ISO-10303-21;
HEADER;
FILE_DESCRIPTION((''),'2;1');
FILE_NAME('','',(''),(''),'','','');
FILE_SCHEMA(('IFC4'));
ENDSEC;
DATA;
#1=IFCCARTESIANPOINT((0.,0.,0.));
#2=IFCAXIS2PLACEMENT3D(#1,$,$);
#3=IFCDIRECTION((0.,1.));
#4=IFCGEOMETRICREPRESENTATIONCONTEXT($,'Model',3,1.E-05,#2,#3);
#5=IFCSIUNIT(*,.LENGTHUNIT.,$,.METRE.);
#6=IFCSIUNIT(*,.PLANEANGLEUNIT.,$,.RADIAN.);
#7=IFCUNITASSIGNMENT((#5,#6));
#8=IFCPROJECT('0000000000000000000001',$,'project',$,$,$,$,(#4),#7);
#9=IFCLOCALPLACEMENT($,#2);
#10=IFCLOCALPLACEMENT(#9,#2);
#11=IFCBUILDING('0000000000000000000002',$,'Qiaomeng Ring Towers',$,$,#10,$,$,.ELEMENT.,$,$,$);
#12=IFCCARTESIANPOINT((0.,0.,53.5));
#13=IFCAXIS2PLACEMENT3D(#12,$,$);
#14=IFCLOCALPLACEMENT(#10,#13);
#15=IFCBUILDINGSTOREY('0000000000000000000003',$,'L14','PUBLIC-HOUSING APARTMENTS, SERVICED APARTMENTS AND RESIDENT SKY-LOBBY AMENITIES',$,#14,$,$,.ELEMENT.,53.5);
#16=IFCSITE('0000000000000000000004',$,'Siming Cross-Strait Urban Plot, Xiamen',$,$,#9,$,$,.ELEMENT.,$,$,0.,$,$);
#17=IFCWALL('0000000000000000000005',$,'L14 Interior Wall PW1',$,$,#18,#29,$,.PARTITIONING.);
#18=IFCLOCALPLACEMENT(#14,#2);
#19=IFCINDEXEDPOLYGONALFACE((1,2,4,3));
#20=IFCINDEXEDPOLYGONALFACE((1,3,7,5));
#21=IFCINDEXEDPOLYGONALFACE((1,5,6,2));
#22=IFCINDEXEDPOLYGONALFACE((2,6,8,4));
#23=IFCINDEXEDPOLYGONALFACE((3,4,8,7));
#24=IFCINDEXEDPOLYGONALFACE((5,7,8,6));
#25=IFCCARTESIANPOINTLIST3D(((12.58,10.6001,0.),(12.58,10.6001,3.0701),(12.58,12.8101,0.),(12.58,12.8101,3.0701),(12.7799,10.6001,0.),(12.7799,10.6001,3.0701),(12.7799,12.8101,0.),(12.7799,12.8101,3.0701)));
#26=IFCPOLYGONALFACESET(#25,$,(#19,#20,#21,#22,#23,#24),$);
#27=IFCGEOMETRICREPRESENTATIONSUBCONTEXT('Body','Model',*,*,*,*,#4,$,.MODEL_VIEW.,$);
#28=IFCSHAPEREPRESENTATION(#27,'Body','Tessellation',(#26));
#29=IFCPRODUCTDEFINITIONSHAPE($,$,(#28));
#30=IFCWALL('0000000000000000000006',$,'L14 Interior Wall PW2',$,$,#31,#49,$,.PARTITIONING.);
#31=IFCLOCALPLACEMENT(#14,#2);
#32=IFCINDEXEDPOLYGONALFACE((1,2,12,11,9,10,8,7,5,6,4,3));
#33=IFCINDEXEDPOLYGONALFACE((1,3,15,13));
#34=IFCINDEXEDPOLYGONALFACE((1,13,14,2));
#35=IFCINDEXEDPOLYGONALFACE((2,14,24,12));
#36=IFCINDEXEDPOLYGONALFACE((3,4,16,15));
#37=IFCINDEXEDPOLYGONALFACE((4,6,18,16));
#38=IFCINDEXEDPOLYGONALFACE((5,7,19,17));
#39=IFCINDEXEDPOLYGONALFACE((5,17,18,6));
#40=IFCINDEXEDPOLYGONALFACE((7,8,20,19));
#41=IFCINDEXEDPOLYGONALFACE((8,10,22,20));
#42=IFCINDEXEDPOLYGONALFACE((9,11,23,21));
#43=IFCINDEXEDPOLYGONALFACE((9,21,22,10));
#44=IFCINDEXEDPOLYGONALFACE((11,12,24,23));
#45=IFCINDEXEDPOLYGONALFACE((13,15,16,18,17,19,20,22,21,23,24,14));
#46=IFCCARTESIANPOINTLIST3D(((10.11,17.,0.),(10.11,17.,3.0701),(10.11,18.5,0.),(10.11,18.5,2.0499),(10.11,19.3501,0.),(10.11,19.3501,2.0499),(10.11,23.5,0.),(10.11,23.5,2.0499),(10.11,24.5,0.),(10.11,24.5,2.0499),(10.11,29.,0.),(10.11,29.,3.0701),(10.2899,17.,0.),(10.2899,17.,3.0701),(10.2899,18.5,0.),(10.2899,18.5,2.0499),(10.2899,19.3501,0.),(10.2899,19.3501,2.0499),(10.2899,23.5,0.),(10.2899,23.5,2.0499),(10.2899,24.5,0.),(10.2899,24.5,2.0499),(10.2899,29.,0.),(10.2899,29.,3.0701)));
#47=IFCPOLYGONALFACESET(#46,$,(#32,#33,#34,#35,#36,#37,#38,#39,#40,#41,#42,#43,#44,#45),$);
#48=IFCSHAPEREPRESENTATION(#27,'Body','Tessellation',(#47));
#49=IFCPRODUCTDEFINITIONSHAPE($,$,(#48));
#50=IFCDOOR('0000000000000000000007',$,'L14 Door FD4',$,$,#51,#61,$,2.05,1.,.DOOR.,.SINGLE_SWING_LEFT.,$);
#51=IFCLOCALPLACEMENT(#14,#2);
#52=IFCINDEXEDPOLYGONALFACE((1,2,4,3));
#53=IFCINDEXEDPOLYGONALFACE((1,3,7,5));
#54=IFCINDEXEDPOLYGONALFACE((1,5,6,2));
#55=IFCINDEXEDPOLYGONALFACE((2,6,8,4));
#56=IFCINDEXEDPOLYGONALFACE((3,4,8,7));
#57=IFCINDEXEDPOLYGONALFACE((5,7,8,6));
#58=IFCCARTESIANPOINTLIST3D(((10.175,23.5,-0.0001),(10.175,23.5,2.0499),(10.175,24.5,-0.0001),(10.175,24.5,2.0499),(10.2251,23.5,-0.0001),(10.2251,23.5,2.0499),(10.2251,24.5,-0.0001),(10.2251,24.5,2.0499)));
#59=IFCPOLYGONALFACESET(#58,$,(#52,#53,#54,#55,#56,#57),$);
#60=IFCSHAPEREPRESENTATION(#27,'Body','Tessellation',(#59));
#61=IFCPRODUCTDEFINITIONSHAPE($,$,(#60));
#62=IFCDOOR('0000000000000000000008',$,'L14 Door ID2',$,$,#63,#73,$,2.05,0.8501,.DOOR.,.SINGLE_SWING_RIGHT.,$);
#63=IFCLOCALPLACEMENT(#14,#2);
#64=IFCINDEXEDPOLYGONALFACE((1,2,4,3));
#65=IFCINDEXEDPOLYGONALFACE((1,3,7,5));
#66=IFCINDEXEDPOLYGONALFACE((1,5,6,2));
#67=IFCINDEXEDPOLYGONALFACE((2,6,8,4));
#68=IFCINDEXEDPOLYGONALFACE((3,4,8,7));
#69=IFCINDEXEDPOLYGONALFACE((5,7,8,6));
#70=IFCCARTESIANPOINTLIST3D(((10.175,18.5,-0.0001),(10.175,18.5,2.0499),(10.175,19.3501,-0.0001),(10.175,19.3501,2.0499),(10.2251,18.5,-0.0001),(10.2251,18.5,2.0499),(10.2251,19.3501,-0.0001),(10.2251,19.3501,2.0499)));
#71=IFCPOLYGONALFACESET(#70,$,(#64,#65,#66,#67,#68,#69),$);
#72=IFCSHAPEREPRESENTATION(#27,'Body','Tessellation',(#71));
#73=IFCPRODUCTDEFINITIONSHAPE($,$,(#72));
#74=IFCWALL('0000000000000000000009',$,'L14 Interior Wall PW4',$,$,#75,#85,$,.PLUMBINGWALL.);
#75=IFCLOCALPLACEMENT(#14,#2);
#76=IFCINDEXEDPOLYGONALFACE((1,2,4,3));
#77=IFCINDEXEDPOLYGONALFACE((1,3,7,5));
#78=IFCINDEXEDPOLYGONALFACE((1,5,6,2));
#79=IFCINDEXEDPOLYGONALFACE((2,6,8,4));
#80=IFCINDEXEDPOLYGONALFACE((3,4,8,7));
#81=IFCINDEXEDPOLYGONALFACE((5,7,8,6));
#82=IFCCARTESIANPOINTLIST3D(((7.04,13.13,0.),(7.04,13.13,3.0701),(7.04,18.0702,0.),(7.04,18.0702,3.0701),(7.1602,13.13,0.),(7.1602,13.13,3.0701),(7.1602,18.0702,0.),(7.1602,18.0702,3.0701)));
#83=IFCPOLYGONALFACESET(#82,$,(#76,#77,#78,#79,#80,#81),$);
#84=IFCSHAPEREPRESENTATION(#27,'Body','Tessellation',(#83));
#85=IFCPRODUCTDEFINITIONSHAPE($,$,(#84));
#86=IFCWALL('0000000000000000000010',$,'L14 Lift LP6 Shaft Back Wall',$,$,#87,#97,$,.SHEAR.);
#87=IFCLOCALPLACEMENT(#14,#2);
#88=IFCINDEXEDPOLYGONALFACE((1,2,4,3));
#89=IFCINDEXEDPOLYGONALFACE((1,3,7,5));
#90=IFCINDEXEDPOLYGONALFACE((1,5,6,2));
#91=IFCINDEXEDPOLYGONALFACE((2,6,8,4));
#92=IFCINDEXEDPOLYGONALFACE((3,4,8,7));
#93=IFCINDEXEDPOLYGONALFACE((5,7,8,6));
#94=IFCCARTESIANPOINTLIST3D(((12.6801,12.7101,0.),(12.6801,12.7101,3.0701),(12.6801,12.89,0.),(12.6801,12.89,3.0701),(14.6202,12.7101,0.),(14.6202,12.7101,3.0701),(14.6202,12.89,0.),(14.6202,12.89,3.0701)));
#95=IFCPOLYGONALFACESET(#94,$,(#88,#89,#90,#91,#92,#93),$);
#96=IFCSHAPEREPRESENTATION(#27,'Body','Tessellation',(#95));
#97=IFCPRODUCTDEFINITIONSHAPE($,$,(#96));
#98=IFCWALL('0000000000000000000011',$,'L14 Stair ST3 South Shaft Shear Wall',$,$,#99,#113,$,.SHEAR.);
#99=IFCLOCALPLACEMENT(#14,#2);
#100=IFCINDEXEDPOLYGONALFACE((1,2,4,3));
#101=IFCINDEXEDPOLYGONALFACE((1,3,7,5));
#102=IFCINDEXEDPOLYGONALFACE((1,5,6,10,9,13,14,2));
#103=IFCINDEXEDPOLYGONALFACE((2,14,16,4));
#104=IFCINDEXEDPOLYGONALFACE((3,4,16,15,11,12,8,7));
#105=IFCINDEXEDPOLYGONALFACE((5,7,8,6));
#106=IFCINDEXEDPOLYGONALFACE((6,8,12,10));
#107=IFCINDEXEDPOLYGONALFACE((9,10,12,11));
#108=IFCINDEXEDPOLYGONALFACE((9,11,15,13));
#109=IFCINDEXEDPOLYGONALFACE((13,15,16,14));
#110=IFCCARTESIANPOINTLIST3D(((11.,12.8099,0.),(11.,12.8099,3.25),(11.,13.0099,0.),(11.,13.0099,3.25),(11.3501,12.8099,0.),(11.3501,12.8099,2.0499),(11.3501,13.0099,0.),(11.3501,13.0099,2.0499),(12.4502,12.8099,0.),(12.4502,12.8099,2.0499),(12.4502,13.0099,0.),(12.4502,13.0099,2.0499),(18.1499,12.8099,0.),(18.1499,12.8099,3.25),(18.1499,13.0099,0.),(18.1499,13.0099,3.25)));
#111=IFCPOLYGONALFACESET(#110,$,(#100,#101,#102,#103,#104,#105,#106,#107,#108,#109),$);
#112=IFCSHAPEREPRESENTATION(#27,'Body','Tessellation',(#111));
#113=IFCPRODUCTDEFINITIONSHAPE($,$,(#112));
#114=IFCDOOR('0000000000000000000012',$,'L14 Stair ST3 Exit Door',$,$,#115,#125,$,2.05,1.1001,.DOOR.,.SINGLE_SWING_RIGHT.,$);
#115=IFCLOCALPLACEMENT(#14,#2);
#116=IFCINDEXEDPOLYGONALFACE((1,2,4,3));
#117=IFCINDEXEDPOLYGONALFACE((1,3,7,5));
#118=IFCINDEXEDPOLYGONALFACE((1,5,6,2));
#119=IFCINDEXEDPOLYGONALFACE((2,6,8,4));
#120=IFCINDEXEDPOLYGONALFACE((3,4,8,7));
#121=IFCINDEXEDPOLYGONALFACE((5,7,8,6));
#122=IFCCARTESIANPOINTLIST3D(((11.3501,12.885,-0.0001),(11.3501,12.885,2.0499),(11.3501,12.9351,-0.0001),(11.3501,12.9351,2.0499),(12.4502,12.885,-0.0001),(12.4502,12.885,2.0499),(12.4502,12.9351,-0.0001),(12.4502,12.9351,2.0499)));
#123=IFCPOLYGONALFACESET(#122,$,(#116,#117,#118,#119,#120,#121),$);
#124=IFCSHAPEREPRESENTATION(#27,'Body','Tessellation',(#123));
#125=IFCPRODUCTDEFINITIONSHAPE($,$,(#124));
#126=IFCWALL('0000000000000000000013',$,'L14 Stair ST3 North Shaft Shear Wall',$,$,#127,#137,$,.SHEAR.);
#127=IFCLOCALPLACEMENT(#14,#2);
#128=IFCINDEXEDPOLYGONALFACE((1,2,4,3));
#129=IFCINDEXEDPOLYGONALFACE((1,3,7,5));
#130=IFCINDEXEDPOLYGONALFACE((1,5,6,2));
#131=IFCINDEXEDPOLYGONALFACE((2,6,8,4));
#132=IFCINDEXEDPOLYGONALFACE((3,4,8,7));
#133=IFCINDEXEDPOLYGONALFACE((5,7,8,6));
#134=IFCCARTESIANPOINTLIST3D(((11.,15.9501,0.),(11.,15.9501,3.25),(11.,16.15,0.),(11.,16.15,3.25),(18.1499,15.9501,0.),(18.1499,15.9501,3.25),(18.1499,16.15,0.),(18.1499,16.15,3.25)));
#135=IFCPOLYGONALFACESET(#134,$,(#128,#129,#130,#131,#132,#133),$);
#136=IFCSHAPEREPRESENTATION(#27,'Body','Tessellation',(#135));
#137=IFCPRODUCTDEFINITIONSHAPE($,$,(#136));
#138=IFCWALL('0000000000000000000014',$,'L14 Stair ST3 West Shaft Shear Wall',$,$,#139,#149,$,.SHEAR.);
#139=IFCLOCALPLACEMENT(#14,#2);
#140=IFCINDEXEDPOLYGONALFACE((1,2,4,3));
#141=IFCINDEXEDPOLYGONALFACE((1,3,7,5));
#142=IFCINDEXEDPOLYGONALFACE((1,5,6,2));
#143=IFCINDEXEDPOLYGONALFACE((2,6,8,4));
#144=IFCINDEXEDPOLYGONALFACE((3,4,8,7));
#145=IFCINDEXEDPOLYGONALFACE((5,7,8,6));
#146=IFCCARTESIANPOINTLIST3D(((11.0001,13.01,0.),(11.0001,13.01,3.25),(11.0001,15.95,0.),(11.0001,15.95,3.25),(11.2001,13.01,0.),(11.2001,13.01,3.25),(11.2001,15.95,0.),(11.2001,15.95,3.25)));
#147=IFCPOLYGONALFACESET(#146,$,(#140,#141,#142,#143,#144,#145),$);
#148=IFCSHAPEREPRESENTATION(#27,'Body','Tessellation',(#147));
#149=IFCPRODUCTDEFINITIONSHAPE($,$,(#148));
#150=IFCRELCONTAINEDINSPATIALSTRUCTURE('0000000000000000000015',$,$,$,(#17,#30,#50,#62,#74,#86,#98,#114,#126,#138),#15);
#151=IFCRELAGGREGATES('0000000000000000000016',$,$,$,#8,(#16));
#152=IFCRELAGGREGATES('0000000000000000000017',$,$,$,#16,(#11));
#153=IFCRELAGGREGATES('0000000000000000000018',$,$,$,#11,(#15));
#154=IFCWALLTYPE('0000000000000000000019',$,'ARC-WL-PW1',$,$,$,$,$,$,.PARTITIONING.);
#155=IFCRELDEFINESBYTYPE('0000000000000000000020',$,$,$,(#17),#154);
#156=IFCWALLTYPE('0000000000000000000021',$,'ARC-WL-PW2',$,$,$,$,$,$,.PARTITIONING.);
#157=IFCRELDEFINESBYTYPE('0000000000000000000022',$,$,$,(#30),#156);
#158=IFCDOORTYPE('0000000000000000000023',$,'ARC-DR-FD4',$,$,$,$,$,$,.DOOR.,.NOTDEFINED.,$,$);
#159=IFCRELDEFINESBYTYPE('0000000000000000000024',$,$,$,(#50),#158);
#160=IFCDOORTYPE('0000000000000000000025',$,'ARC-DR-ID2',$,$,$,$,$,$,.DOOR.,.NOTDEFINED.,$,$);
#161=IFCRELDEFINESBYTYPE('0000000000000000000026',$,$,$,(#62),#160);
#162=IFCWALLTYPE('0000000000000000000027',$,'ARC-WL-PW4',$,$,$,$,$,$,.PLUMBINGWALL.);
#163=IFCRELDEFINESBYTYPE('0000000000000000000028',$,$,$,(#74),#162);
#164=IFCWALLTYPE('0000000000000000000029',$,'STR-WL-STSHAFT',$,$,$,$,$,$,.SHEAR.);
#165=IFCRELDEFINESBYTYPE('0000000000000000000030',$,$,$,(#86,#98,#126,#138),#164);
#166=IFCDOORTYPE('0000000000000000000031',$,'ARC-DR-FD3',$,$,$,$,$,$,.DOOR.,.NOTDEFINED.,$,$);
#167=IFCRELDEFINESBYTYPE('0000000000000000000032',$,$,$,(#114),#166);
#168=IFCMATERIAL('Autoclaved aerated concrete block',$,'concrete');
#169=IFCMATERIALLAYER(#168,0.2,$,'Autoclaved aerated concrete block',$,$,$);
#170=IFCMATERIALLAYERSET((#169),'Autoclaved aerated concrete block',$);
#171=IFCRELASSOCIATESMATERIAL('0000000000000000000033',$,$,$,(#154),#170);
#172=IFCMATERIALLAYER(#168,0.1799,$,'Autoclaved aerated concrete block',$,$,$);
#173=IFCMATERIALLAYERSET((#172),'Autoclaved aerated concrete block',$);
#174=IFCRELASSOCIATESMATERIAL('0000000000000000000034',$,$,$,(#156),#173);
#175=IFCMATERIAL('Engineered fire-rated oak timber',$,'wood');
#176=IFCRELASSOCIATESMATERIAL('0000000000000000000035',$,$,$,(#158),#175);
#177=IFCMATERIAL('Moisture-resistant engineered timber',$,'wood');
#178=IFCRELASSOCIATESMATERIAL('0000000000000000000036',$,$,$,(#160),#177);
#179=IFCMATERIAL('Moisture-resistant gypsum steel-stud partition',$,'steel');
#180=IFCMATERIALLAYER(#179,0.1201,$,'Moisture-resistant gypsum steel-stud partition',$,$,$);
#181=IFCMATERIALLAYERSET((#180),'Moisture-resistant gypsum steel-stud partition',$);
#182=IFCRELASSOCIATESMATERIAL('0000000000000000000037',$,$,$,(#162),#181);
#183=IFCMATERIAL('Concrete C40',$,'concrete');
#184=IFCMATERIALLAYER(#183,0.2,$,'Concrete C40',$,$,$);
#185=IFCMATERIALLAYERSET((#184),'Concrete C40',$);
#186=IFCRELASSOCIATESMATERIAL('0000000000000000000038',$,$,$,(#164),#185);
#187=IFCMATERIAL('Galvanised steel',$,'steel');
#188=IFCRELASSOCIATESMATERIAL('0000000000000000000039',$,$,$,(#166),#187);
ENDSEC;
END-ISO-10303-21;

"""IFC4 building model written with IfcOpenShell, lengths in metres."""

from ifc_helpers import new_model, si_unit, direction, frame, frame_2d, origin, place, context, subcontext, project, spatial, rectangle, extrude, source, transform, mapped, material, layer, layer_set, type_object, element, fill, save


model = new_model("IFC4")

# Units and contexts
model_context = context("Model", 3, precision=1e-05, world=origin(), true_north=direction((0.0, 1.0)))
body_context = subcontext(model_context, "Body", "Model", "MODEL_VIEW")
ifc_project = project(units=[si_unit("LENGTHUNIT", "METRE"), si_unit("PLANEANGLEUNIT", "RADIAN")], contexts=[model_context])

# Site, building, storey
site_placement = place(None, origin())
site = spatial("IfcSite", under=ifc_project, at=site_placement, Name="Siming Cross-Strait Urban Plot, Xiamen", CompositionType="ELEMENT", RefElevation=0.0)
building_placement = place(site_placement, origin())
building = spatial("IfcBuilding", under=site, at=building_placement, Name="Qiaomeng Ring Towers", CompositionType="ELEMENT")
storey_placement = place(building_placement, frame((0.0, 0.0, 53.5)))
storey = spatial("IfcBuildingStorey", under=building, at=storey_placement, Name="L14", Description="PUBLIC-HOUSING APARTMENTS, SERVICED APARTMENTS AND RESIDENT SKY-LOBBY AMENITIES", CompositionType="ELEMENT", Elevation=53.5)

# Wall
ifc_material_1 = material(Name="Autoclaved aerated concrete block", Category="concrete")
ifc_layer_1 = layer(ifc_material_1, 0.2, Name="Autoclaved aerated concrete block")
ifc_layer_set_1 = layer_set([ifc_layer_1], Name="Autoclaved aerated concrete block")
wall_type_1 = type_object("IfcWallType", Name="ARC-WL-PW1", PredefinedType="PARTITIONING", material=ifc_layer_set_1)
wall_1_placement = place(storey_placement, frame((12.6799, 10.6001, 0.0), z_axis=(0.0, 0.0, 1.0), x_axis=(0.0, 1.0, 0.0)))
element("IfcWall", 1, at=wall_1_placement, inside=storey, type_object=wall_type_1, Name="L14 Interior Wall PW1", PredefinedType="PARTITIONING", context=body_context, shape_type="SweptSolid", body=[
    extrude(rectangle(XDim=2.21, YDim=0.2, at=frame_2d((1.105, 0.0))), origin(), (0.0, 0.0, 1.0), 3.0701),
])

# Wall, openings, doors
ifc_layer_2 = layer(ifc_material_1, 0.1799, Name="Autoclaved aerated concrete block")
ifc_layer_set_2 = layer_set([ifc_layer_2], Name="Autoclaved aerated concrete block")
wall_type_2 = type_object("IfcWallType", Name="ARC-WL-PW2", PredefinedType="PARTITIONING", material=ifc_layer_set_2)
wall_2_placement = place(storey_placement, frame((10.2, 17.0, 0.0), z_axis=(0.0, 0.0, 1.0), x_axis=(0.0, 1.0, 0.0)))
wall_2 = element("IfcWall", 2, at=wall_2_placement, inside=storey, type_object=wall_type_2, Name="L14 Interior Wall PW2", PredefinedType="PARTITIONING", context=body_context, shape_type="SweptSolid", body=[
    extrude(rectangle(XDim=12.0, YDim=0.1799, at=frame_2d((6.0, 0.0))), origin(), (0.0, 0.0, 1.0), 3.0701),
])
opening_1_placement = place(wall_2_placement, frame((1.5, 0.0, 0.0)))
opening_1 = element("IfcOpeningElement", 3, at=opening_1_placement, cuts=wall_2, PredefinedType="OPENING", context=body_context, shape_type="SweptSolid", body=[
    extrude(rectangle(XDim=0.8501, YDim=2.05, at=frame_2d((0.425, 1.0249))), frame((0.0, 0.0999, 0.0), z_axis=(0.0, -1.0, 0.0), x_axis=(1.0, 0.0, 0.0)), (0.0, 0.0, 1.0), 0.2),
])
opening_2_placement = place(wall_2_placement, frame((6.5, 0.0, 0.0)))
opening_2 = element("IfcOpeningElement", 4, at=opening_2_placement, cuts=wall_2, PredefinedType="OPENING", context=body_context, shape_type="SweptSolid", body=[
    extrude(rectangle(XDim=1.0, YDim=2.05, at=frame_2d((0.5, 1.0249))), frame((0.0, 0.0999, 0.0), z_axis=(0.0, -1.0, 0.0), x_axis=(1.0, 0.0, 0.0)), (0.0, 0.0, 1.0), 0.2),
])
ifc_material_2 = material(Name="Engineered fire-rated oak timber", Category="wood")
door_type_1 = type_object("IfcDoorType", Name="ARC-DR-FD4", OperationType="NOTDEFINED", PredefinedType="DOOR", material=ifc_material_2)
shared_shape_1 = source(origin(), body_context, "Body", "SweptSolid", [
    extrude(rectangle(XDim=1.0, YDim=2.05, at=frame_2d((0.5, 1.0249))), frame((0.0, 0.0249, 0.0), z_axis=(0.0, -1.0, 0.0), x_axis=(1.0, 0.0, 0.0)), (0.0, 0.0, 1.0), 0.05),
])
door_1_placement = place(opening_2_placement, origin())
door_1 = element("IfcDoor", 5, at=door_1_placement, inside=storey, type_object=door_type_1, Name="L14 Door FD4", OperationType="SINGLE_SWING_LEFT", OverallHeight=2.05, OverallWidth=1.0, PredefinedType="DOOR", context=body_context, shape_type="MappedRepresentation", body=[
    mapped(shared_shape_1, transform((0.0, 0.0, 0.0), x_axis=(1.0, 0.0, 0.0), y_axis=(0.0, 1.0, 0.0), z_axis=(0.0, 0.0, 1.0), scale=1.0)),
])
fill(opening_2, door_1)
ifc_material_3 = material(Name="Moisture-resistant engineered timber", Category="wood")
door_type_2 = type_object("IfcDoorType", Name="ARC-DR-ID2", OperationType="NOTDEFINED", PredefinedType="DOOR", material=ifc_material_3)
shared_shape_2 = source(origin(), body_context, "Body", "SweptSolid", [
    extrude(rectangle(XDim=0.8501, YDim=2.05, at=frame_2d((0.425, 1.0249))), frame((0.0, 0.0249, 0.0), z_axis=(0.0, -1.0, 0.0), x_axis=(1.0, 0.0, 0.0)), (0.0, 0.0, 1.0), 0.05),
])
door_2_placement = place(opening_1_placement, origin())
door_2 = element("IfcDoor", 6, at=door_2_placement, inside=storey, type_object=door_type_2, Name="L14 Door ID2", OperationType="SINGLE_SWING_RIGHT", OverallHeight=2.05, OverallWidth=0.8501, PredefinedType="DOOR", context=body_context, shape_type="MappedRepresentation", body=[
    mapped(shared_shape_2, transform((0.0, 0.0, 0.0), x_axis=(1.0, 0.0, 0.0), y_axis=(0.0, 1.0, 0.0), z_axis=(0.0, 0.0, 1.0), scale=1.0)),
])
fill(opening_1, door_2)

# Walls
ifc_material_4 = material(Name="Moisture-resistant gypsum steel-stud partition", Category="steel")
ifc_layer_3 = layer(ifc_material_4, 0.1201, Name="Moisture-resistant gypsum steel-stud partition")
ifc_layer_set_3 = layer_set([ifc_layer_3], Name="Moisture-resistant gypsum steel-stud partition")
wall_type_3 = type_object("IfcWallType", Name="ARC-WL-PW4", PredefinedType="PLUMBINGWALL", material=ifc_layer_set_3)
wall_3_placement = place(storey_placement, frame((7.1001, 13.1299, 0.0), z_axis=(0.0, 0.0, 1.0), x_axis=(0.0, 1.0, 0.0)))
element("IfcWall", 7, at=wall_3_placement, inside=storey, type_object=wall_type_3, Name="L14 Interior Wall PW4", PredefinedType="PLUMBINGWALL", context=body_context, shape_type="SweptSolid", body=[
    extrude(rectangle(XDim=4.9402, YDim=0.1201, at=frame_2d((2.4702, 0.0))), origin(), (0.0, 0.0, 1.0), 3.0701),
])
ifc_material_5 = material(Name="Concrete C40", Category="concrete")
ifc_layer_4 = layer(ifc_material_5, 0.2, Name="Concrete C40")
ifc_layer_set_4 = layer_set([ifc_layer_4], Name="Concrete C40")
wall_type_4 = type_object("IfcWallType", Name="STR-WL-STSHAFT", PredefinedType="SHEAR", material=ifc_layer_set_4)
wall_4_placement = place(storey_placement, frame((12.6799, 12.8, 0.0), z_axis=(0.0, 0.0, 1.0), x_axis=(1.0, 0.0, 0.0)))
element("IfcWall", 8, at=wall_4_placement, inside=storey, type_object=wall_type_4, Name="L14 Lift LP6 Shaft Back Wall", PredefinedType="SHEAR", context=body_context, shape_type="SweptSolid", body=[
    extrude(rectangle(XDim=1.9402, YDim=0.1799, at=frame_2d((0.9702, 0.0))), origin(), (0.0, 0.0, 1.0), 3.0701),
])

# Wall, opening, door
wall_5_placement = place(storey_placement, frame((11.0, 12.9099, 0.0), z_axis=(0.0, 0.0, 1.0), x_axis=(1.0, 0.0, 0.0)))
wall_5 = element("IfcWall", 9, at=wall_5_placement, inside=storey, type_object=wall_type_4, Name="L14 Stair ST3 South Shaft Shear Wall", PredefinedType="SHEAR", context=body_context, shape_type="SweptSolid", body=[
    extrude(rectangle(XDim=7.1499, YDim=0.2, at=frame_2d((3.575, 0.0))), origin(), (0.0, 0.0, 1.0), 3.25),
])
opening_3_placement = place(wall_5_placement, frame((0.3501, 0.0, 0.0)))
opening_3 = element("IfcOpeningElement", 10, at=opening_3_placement, cuts=wall_5, PredefinedType="OPENING", context=body_context, shape_type="SweptSolid", body=[
    extrude(rectangle(XDim=1.1001, YDim=2.05, at=frame_2d((0.55, 1.0249))), frame((0.0, 0.1099, 0.0), z_axis=(0.0, -1.0, 0.0), x_axis=(1.0, 0.0, 0.0)), (0.0, 0.0, 1.0), 0.22),
])
ifc_material_6 = material(Name="Galvanised steel", Category="steel")
door_type_3 = type_object("IfcDoorType", Name="ARC-DR-FD3", OperationType="NOTDEFINED", PredefinedType="DOOR", material=ifc_material_6)
shared_shape_3 = source(origin(), body_context, "Body", "SweptSolid", [
    extrude(rectangle(XDim=1.1001, YDim=2.05, at=frame_2d((0.55, 1.0249))), frame((0.0, 0.0249, 0.0), z_axis=(0.0, -1.0, 0.0), x_axis=(1.0, 0.0, 0.0)), (0.0, 0.0, 1.0), 0.05),
])
door_3_placement = place(opening_3_placement, frame((1.1001, 0.0, 0.0), z_axis=(0.0, 0.0, 1.0), x_axis=(-1.0, 0.0, 0.0)))
door_3 = element("IfcDoor", 11, at=door_3_placement, inside=storey, type_object=door_type_3, Name="L14 Stair ST3 Exit Door", OperationType="SINGLE_SWING_RIGHT", OverallHeight=2.05, OverallWidth=1.1001, PredefinedType="DOOR", context=body_context, shape_type="MappedRepresentation", body=[
    mapped(shared_shape_3, transform((0.0, 0.0, 0.0), x_axis=(1.0, 0.0, 0.0), y_axis=(0.0, 1.0, 0.0), z_axis=(0.0, 0.0, 1.0), scale=1.0)),
])
fill(opening_3, door_3)

# Walls
wall_6_placement = place(storey_placement, frame((11.0, 16.05, 0.0), z_axis=(0.0, 0.0, 1.0), x_axis=(1.0, 0.0, 0.0)))
element("IfcWall", 12, at=wall_6_placement, inside=storey, type_object=wall_type_4, Name="L14 Stair ST3 North Shaft Shear Wall", PredefinedType="SHEAR", context=body_context, shape_type="SweptSolid", body=[
    extrude(rectangle(XDim=7.1499, YDim=0.2, at=frame_2d((3.575, 0.0))), origin(), (0.0, 0.0, 1.0), 3.25),
])
wall_7_placement = place(storey_placement, frame((11.1001, 13.01, 0.0), z_axis=(0.0, 0.0, 1.0), x_axis=(0.0, 1.0, 0.0)))
element("IfcWall", 13, at=wall_7_placement, inside=storey, type_object=wall_type_4, Name="L14 Stair ST3 West Shaft Shear Wall", PredefinedType="SHEAR", context=body_context, shape_type="SweptSolid", body=[
    extrude(rectangle(XDim=2.9399, YDim=0.2, at=frame_2d((1.47, 0.0))), origin(), (0.0, 0.0, 1.0), 3.25),
])

save(model, "model.ifc")
